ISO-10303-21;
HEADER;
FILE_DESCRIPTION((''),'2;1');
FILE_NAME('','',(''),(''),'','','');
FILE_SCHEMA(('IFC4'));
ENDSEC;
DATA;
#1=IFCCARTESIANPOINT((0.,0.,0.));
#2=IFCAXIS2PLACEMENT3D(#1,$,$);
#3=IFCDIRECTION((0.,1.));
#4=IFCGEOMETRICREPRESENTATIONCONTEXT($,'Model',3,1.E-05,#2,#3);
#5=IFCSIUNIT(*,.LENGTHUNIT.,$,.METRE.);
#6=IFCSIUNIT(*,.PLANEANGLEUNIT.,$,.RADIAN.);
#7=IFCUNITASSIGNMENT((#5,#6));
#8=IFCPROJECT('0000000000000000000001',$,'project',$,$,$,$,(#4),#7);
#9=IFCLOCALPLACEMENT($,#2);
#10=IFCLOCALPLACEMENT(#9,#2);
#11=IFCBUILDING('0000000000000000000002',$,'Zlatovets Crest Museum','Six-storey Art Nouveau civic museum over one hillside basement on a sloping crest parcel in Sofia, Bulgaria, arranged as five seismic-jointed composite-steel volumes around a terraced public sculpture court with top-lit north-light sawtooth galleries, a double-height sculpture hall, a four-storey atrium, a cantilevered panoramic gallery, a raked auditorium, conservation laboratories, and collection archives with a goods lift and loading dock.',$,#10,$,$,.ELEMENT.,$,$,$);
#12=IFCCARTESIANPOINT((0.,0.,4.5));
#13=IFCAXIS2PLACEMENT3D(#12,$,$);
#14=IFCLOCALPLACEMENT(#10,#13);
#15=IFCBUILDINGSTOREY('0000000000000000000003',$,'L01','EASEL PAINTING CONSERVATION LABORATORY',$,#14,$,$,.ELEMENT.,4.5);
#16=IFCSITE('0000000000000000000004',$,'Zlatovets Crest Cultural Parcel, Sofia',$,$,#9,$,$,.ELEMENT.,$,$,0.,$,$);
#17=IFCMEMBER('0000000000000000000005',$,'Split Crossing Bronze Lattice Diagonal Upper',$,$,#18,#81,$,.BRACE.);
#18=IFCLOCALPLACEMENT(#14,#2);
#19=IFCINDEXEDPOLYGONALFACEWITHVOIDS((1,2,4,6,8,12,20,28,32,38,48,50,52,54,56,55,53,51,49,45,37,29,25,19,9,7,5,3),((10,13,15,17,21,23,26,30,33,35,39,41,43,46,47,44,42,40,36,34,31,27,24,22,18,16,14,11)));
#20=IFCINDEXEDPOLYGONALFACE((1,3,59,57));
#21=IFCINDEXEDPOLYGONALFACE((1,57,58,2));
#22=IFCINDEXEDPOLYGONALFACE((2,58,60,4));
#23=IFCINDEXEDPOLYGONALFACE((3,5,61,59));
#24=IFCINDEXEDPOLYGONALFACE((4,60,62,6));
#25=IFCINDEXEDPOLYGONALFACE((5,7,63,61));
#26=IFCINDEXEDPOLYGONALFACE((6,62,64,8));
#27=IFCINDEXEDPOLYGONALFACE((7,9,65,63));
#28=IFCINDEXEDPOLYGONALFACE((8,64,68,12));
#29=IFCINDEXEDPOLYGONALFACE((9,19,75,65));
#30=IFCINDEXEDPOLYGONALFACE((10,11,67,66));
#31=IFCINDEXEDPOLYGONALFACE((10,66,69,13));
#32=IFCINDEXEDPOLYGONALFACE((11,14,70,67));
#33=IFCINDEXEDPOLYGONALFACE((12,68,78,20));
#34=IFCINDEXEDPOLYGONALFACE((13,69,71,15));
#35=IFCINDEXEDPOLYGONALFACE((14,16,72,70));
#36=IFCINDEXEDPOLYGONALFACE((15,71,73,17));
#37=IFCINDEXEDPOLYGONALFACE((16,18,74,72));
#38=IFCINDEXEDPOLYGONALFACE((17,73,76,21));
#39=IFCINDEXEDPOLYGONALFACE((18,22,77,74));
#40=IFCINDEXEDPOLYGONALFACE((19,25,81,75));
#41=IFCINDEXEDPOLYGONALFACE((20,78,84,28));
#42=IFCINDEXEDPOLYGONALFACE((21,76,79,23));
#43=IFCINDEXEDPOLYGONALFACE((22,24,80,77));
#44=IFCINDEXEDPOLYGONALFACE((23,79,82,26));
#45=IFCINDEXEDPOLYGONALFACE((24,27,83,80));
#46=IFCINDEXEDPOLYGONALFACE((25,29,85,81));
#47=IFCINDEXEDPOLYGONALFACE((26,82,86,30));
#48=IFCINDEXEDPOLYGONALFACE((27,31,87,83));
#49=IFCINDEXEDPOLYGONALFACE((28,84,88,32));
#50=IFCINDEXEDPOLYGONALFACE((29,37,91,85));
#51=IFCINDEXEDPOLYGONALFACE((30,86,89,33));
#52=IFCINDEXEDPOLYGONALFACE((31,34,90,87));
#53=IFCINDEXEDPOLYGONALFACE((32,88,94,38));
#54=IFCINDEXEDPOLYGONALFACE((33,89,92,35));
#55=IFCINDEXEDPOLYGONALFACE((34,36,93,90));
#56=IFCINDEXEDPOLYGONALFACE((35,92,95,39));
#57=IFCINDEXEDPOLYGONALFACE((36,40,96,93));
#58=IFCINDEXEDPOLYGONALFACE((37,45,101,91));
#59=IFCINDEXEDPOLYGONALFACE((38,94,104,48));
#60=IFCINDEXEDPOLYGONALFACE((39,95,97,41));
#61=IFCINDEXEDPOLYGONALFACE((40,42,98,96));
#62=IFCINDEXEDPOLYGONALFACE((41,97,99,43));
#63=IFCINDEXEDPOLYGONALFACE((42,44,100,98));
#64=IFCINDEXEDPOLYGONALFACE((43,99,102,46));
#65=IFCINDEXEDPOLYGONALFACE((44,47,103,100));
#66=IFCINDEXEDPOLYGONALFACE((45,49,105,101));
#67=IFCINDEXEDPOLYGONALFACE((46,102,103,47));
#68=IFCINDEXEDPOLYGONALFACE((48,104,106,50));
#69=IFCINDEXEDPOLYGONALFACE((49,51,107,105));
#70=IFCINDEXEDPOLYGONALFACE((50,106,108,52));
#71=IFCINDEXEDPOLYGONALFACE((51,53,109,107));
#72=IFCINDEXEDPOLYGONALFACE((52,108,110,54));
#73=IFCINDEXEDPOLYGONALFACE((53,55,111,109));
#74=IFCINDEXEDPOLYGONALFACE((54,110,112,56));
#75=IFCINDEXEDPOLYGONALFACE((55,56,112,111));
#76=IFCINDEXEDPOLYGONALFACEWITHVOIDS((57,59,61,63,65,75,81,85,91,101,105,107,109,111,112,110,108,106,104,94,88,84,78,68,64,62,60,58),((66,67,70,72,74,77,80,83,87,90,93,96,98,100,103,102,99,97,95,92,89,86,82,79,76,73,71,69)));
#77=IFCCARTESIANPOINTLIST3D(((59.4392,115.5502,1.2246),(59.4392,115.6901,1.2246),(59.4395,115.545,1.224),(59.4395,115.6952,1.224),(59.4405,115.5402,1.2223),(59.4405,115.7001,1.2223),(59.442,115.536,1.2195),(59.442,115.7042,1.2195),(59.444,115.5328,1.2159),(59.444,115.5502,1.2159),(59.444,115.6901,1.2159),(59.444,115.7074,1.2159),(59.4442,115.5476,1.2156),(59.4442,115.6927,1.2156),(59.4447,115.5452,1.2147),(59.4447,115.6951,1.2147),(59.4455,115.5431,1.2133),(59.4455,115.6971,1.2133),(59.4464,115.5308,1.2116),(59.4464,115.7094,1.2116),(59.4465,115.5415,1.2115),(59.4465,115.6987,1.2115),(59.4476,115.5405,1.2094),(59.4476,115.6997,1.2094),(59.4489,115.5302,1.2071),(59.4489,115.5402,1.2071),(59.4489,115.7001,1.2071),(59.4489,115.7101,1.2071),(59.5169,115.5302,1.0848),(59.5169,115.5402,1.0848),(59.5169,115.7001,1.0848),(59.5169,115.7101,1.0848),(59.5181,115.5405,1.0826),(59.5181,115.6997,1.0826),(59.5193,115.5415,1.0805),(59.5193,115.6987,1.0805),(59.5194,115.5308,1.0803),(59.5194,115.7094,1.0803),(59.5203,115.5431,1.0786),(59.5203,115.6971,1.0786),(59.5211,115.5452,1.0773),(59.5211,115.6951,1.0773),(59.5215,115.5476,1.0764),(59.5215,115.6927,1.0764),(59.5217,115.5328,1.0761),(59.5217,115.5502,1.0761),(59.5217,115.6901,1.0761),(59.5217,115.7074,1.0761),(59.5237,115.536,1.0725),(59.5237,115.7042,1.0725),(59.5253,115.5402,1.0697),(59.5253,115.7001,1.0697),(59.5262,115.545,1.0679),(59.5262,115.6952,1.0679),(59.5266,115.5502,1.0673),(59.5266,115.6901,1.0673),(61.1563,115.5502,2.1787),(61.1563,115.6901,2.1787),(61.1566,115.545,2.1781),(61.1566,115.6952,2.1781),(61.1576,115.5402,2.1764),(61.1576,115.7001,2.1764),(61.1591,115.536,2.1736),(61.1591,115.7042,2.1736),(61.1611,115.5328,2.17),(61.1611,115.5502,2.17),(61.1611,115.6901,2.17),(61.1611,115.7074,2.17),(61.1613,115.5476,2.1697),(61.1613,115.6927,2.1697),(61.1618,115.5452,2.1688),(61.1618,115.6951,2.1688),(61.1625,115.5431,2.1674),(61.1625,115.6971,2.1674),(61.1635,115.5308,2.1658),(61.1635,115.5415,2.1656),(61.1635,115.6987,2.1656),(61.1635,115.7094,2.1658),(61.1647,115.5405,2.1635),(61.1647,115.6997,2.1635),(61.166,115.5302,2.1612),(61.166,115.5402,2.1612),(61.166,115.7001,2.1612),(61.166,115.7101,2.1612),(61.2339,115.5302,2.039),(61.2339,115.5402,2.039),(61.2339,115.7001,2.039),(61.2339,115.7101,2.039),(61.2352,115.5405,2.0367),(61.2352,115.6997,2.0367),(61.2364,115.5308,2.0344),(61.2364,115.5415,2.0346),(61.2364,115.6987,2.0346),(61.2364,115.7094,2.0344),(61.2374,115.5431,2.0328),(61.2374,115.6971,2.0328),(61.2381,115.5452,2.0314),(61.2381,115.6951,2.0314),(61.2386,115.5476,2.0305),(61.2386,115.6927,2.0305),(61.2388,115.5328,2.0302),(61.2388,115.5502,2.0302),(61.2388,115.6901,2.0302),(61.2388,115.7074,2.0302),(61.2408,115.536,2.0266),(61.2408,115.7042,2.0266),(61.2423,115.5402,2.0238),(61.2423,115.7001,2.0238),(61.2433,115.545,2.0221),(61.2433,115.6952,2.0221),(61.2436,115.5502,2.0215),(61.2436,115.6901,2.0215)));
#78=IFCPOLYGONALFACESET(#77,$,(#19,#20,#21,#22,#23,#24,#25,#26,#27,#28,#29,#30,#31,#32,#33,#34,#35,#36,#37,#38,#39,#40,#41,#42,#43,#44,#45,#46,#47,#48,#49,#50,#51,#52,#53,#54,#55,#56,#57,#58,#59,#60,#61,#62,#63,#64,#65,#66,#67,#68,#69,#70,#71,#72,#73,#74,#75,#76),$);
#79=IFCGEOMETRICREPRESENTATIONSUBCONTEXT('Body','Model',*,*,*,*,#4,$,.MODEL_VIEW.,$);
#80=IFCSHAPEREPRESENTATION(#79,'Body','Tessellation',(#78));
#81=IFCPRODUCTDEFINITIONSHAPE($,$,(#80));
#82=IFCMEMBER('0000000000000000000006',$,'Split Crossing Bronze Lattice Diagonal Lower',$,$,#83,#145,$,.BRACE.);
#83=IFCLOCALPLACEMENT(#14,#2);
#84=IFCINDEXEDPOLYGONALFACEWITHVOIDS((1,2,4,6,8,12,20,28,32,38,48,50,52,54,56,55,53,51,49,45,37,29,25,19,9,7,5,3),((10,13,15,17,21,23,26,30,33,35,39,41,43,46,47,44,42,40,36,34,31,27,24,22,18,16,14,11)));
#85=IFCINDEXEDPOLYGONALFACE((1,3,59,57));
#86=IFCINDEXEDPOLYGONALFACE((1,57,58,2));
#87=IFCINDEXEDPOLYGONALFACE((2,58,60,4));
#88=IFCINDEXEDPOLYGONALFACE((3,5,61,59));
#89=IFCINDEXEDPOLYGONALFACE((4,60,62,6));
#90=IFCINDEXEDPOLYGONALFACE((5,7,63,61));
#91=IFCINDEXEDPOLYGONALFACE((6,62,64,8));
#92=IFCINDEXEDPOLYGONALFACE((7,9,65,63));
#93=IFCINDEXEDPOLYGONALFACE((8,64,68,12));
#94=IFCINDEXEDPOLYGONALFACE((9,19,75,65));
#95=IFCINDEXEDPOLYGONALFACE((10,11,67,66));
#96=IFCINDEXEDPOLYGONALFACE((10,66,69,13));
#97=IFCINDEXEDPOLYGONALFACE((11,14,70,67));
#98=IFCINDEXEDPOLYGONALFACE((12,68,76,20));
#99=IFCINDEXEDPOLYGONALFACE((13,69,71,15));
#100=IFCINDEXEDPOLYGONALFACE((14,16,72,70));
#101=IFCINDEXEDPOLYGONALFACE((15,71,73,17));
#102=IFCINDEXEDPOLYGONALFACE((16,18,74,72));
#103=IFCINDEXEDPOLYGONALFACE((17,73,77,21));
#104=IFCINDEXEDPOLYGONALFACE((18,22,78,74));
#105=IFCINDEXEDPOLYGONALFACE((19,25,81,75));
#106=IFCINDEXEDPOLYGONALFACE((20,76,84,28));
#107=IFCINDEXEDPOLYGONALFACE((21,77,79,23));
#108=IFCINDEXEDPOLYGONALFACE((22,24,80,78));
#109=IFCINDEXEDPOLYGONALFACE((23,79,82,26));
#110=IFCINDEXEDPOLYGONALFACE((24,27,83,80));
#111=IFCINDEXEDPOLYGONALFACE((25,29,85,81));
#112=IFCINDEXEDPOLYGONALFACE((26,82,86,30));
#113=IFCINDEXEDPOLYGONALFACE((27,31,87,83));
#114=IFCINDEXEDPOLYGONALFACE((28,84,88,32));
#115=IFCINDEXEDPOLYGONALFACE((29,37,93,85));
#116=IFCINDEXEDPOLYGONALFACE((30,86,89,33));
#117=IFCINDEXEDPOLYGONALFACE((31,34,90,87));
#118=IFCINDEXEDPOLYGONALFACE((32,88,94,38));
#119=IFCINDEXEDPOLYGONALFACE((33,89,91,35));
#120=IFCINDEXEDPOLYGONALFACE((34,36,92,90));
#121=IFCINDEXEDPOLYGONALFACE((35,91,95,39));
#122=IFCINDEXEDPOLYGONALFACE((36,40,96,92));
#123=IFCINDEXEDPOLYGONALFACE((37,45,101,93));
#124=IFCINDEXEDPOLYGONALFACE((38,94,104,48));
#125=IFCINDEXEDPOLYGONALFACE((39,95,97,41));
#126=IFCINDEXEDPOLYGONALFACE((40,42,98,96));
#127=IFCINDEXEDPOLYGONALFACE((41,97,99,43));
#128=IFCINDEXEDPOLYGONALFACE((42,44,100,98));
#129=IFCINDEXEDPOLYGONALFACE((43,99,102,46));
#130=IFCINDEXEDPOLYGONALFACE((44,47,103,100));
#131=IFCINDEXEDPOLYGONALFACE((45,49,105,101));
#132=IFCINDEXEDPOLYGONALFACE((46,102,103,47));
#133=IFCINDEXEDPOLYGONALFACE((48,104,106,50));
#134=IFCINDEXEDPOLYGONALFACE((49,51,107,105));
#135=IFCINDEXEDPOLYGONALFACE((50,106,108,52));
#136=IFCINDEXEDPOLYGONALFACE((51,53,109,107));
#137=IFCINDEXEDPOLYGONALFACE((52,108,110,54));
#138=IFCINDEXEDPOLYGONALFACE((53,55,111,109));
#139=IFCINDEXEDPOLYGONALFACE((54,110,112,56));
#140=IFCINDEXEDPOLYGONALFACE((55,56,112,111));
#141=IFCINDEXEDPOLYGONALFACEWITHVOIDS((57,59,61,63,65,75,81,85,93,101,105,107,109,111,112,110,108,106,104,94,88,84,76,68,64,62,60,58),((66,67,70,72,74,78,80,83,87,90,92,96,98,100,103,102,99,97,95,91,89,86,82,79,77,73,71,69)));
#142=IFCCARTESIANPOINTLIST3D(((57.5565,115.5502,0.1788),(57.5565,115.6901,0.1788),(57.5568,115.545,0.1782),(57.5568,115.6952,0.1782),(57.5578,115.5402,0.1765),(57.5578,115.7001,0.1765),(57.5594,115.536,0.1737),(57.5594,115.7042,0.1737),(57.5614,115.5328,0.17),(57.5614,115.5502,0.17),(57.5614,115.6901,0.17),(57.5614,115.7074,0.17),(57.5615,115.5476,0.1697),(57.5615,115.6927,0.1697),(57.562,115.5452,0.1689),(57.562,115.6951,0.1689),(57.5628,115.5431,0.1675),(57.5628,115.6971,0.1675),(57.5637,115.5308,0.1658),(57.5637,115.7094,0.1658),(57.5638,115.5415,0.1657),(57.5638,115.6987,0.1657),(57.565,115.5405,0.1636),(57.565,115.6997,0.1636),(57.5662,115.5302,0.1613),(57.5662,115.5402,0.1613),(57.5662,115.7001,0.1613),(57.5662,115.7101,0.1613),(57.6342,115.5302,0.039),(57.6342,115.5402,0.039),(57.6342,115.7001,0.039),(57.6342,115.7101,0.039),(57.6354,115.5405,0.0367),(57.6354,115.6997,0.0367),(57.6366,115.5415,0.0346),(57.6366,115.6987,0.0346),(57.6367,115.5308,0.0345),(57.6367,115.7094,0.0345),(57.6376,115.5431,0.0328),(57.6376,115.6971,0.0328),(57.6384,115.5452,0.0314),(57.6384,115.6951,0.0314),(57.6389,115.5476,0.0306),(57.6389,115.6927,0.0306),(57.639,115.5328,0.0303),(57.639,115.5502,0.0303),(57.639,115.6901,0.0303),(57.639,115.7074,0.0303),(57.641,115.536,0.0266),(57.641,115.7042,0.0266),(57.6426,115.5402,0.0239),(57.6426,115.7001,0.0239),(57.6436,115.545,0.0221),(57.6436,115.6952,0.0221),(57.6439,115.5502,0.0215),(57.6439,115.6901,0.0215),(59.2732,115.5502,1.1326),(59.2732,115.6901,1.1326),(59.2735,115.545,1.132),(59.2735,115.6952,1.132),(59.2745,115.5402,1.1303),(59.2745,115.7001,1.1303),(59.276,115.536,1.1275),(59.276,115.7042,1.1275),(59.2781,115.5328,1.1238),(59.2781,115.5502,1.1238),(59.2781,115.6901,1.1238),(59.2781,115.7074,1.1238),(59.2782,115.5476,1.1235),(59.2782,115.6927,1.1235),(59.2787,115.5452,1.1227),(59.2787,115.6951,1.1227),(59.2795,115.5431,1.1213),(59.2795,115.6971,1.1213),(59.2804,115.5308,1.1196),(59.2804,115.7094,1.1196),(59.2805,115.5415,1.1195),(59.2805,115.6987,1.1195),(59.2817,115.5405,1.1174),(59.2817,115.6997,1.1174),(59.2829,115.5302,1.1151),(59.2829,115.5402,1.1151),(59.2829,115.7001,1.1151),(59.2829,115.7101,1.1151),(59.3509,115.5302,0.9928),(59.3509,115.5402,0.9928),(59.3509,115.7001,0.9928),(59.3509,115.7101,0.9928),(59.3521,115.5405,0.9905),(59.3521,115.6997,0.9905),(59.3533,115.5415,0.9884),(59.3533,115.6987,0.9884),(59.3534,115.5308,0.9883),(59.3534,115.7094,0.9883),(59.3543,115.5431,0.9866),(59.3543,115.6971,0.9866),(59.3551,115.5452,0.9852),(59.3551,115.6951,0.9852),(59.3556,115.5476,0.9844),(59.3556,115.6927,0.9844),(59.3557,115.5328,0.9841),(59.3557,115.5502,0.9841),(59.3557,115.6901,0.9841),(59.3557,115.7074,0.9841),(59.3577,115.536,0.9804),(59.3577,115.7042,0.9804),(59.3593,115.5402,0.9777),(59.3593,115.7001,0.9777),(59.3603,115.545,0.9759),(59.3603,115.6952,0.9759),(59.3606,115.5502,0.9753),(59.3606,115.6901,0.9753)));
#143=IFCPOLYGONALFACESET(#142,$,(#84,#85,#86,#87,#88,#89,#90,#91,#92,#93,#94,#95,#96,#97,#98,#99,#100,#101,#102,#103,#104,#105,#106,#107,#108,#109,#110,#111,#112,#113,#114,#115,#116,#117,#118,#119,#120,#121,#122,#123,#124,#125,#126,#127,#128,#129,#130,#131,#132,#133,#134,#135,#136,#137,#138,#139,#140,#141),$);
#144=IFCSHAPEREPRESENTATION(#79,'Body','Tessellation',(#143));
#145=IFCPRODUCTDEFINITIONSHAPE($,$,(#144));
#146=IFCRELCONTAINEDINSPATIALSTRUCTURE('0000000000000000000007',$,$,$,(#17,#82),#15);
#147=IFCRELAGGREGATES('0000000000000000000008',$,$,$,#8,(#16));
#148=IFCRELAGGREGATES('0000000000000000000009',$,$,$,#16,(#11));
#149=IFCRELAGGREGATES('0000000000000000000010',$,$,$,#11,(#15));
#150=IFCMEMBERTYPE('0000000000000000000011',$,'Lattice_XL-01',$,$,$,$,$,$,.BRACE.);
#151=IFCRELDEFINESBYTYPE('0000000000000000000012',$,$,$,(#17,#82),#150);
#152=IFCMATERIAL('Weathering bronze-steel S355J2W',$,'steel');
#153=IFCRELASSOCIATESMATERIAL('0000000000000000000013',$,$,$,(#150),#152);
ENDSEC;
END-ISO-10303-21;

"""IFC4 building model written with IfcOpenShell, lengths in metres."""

from ifc_helpers import new_model, si_unit, direction, frame, origin, origin_2d, place, context, subcontext, project, spatial, hollow_rectangle, extrude, material, material_profile, profile_set, type_object, element, save


model = new_model("IFC4")

# Units and contexts
model_context = context("Model", 3, precision=1e-05, world=origin(), true_north=direction((0.0, 1.0)))
body_context = subcontext(model_context, "Body", "Model", "MODEL_VIEW")
ifc_project = project(units=[si_unit("LENGTHUNIT", "METRE"), si_unit("PLANEANGLEUNIT", "RADIAN")], contexts=[model_context])

# Site, building, storey
site_placement = place(None, origin())
site = spatial("IfcSite", under=ifc_project, at=site_placement, Name="Zlatovets Crest Cultural Parcel, Sofia", CompositionType="ELEMENT", RefElevation=0.0)
building_placement = place(site_placement, origin())
building = spatial("IfcBuilding", under=site, at=building_placement, Name="Zlatovets Crest Museum", Description="Six-storey Art Nouveau civic museum over one hillside basement on a sloping crest parcel in Sofia, Bulgaria, arranged as five seismic-jointed composite-steel volumes around a terraced public sculpture court with top-lit north-light sawtooth galleries, a double-height sculpture hall, a four-storey atrium, a cantilevered panoramic gallery, a raked auditorium, conservation laboratories, and collection archives with a goods lift and loading dock.", CompositionType="ELEMENT")
storey_placement = place(building_placement, frame((0.0, 0.0, 4.5)))
storey = spatial("IfcBuildingStorey", under=building, at=storey_placement, Name="L01", Description="EASEL PAINTING CONSERVATION LABORATORY", CompositionType="ELEMENT", Elevation=4.5)

# Members
ifc_material_1 = material(Name="Weathering bronze-steel S355J2W", Category="steel")
ifc_material_profile_1 = material_profile(ifc_material_1, hollow_rectangle(XDim=0.1799, YDim=0.1799, WallThickness=0.01, InnerFilletRadius=0.01, OuterFilletRadius=0.02, at=origin_2d()), Name="SHS 180x180x10.0")
ifc_profile_set_1 = profile_set([ifc_material_profile_1], Name="Weathering bronze-steel S355J2W")
member_type_1 = type_object("IfcMemberType", Name="Lattice_XL-01", PredefinedType="BRACE", material=ifc_profile_set_1)
member_1_placement = place(storey_placement, frame((61.2, 115.6201, 2.1001), z_axis=(-0.874116, 0.0, -0.485717), x_axis=(0.0, -1.0, 0.0)))
element("IfcMember", 1, at=member_1_placement, inside=storey, type_object=member_type_1, Name="Split Crossing Bronze Lattice Diagonal Upper", PredefinedType="BRACE", context=body_context, shape_type="SweptSolid", body=[
    extrude(hollow_rectangle(XDim=0.1799, YDim=0.1799, WallThickness=0.01, InnerFilletRadius=0.01, OuterFilletRadius=0.02, at=origin_2d()), origin(), (0.0, 0.0, 1.0), 1.9644),
])
member_2_placement = place(storey_placement, frame((59.3169, 115.6201, 1.054), z_axis=(-0.87414, 0.0, -0.485675), x_axis=(0.0, -1.0, 0.0)))
element("IfcMember", 2, at=member_2_placement, inside=storey, type_object=member_type_1, Name="Split Crossing Bronze Lattice Diagonal Lower", PredefinedType="BRACE", context=body_context, shape_type="SweptSolid", body=[
    extrude(hollow_rectangle(XDim=0.1799, YDim=0.1799, WallThickness=0.01, InnerFilletRadius=0.01, OuterFilletRadius=0.02, at=origin_2d()), origin(), (0.0, 0.0, 1.0), 1.9639),
])

save(model, "model.ifc")
